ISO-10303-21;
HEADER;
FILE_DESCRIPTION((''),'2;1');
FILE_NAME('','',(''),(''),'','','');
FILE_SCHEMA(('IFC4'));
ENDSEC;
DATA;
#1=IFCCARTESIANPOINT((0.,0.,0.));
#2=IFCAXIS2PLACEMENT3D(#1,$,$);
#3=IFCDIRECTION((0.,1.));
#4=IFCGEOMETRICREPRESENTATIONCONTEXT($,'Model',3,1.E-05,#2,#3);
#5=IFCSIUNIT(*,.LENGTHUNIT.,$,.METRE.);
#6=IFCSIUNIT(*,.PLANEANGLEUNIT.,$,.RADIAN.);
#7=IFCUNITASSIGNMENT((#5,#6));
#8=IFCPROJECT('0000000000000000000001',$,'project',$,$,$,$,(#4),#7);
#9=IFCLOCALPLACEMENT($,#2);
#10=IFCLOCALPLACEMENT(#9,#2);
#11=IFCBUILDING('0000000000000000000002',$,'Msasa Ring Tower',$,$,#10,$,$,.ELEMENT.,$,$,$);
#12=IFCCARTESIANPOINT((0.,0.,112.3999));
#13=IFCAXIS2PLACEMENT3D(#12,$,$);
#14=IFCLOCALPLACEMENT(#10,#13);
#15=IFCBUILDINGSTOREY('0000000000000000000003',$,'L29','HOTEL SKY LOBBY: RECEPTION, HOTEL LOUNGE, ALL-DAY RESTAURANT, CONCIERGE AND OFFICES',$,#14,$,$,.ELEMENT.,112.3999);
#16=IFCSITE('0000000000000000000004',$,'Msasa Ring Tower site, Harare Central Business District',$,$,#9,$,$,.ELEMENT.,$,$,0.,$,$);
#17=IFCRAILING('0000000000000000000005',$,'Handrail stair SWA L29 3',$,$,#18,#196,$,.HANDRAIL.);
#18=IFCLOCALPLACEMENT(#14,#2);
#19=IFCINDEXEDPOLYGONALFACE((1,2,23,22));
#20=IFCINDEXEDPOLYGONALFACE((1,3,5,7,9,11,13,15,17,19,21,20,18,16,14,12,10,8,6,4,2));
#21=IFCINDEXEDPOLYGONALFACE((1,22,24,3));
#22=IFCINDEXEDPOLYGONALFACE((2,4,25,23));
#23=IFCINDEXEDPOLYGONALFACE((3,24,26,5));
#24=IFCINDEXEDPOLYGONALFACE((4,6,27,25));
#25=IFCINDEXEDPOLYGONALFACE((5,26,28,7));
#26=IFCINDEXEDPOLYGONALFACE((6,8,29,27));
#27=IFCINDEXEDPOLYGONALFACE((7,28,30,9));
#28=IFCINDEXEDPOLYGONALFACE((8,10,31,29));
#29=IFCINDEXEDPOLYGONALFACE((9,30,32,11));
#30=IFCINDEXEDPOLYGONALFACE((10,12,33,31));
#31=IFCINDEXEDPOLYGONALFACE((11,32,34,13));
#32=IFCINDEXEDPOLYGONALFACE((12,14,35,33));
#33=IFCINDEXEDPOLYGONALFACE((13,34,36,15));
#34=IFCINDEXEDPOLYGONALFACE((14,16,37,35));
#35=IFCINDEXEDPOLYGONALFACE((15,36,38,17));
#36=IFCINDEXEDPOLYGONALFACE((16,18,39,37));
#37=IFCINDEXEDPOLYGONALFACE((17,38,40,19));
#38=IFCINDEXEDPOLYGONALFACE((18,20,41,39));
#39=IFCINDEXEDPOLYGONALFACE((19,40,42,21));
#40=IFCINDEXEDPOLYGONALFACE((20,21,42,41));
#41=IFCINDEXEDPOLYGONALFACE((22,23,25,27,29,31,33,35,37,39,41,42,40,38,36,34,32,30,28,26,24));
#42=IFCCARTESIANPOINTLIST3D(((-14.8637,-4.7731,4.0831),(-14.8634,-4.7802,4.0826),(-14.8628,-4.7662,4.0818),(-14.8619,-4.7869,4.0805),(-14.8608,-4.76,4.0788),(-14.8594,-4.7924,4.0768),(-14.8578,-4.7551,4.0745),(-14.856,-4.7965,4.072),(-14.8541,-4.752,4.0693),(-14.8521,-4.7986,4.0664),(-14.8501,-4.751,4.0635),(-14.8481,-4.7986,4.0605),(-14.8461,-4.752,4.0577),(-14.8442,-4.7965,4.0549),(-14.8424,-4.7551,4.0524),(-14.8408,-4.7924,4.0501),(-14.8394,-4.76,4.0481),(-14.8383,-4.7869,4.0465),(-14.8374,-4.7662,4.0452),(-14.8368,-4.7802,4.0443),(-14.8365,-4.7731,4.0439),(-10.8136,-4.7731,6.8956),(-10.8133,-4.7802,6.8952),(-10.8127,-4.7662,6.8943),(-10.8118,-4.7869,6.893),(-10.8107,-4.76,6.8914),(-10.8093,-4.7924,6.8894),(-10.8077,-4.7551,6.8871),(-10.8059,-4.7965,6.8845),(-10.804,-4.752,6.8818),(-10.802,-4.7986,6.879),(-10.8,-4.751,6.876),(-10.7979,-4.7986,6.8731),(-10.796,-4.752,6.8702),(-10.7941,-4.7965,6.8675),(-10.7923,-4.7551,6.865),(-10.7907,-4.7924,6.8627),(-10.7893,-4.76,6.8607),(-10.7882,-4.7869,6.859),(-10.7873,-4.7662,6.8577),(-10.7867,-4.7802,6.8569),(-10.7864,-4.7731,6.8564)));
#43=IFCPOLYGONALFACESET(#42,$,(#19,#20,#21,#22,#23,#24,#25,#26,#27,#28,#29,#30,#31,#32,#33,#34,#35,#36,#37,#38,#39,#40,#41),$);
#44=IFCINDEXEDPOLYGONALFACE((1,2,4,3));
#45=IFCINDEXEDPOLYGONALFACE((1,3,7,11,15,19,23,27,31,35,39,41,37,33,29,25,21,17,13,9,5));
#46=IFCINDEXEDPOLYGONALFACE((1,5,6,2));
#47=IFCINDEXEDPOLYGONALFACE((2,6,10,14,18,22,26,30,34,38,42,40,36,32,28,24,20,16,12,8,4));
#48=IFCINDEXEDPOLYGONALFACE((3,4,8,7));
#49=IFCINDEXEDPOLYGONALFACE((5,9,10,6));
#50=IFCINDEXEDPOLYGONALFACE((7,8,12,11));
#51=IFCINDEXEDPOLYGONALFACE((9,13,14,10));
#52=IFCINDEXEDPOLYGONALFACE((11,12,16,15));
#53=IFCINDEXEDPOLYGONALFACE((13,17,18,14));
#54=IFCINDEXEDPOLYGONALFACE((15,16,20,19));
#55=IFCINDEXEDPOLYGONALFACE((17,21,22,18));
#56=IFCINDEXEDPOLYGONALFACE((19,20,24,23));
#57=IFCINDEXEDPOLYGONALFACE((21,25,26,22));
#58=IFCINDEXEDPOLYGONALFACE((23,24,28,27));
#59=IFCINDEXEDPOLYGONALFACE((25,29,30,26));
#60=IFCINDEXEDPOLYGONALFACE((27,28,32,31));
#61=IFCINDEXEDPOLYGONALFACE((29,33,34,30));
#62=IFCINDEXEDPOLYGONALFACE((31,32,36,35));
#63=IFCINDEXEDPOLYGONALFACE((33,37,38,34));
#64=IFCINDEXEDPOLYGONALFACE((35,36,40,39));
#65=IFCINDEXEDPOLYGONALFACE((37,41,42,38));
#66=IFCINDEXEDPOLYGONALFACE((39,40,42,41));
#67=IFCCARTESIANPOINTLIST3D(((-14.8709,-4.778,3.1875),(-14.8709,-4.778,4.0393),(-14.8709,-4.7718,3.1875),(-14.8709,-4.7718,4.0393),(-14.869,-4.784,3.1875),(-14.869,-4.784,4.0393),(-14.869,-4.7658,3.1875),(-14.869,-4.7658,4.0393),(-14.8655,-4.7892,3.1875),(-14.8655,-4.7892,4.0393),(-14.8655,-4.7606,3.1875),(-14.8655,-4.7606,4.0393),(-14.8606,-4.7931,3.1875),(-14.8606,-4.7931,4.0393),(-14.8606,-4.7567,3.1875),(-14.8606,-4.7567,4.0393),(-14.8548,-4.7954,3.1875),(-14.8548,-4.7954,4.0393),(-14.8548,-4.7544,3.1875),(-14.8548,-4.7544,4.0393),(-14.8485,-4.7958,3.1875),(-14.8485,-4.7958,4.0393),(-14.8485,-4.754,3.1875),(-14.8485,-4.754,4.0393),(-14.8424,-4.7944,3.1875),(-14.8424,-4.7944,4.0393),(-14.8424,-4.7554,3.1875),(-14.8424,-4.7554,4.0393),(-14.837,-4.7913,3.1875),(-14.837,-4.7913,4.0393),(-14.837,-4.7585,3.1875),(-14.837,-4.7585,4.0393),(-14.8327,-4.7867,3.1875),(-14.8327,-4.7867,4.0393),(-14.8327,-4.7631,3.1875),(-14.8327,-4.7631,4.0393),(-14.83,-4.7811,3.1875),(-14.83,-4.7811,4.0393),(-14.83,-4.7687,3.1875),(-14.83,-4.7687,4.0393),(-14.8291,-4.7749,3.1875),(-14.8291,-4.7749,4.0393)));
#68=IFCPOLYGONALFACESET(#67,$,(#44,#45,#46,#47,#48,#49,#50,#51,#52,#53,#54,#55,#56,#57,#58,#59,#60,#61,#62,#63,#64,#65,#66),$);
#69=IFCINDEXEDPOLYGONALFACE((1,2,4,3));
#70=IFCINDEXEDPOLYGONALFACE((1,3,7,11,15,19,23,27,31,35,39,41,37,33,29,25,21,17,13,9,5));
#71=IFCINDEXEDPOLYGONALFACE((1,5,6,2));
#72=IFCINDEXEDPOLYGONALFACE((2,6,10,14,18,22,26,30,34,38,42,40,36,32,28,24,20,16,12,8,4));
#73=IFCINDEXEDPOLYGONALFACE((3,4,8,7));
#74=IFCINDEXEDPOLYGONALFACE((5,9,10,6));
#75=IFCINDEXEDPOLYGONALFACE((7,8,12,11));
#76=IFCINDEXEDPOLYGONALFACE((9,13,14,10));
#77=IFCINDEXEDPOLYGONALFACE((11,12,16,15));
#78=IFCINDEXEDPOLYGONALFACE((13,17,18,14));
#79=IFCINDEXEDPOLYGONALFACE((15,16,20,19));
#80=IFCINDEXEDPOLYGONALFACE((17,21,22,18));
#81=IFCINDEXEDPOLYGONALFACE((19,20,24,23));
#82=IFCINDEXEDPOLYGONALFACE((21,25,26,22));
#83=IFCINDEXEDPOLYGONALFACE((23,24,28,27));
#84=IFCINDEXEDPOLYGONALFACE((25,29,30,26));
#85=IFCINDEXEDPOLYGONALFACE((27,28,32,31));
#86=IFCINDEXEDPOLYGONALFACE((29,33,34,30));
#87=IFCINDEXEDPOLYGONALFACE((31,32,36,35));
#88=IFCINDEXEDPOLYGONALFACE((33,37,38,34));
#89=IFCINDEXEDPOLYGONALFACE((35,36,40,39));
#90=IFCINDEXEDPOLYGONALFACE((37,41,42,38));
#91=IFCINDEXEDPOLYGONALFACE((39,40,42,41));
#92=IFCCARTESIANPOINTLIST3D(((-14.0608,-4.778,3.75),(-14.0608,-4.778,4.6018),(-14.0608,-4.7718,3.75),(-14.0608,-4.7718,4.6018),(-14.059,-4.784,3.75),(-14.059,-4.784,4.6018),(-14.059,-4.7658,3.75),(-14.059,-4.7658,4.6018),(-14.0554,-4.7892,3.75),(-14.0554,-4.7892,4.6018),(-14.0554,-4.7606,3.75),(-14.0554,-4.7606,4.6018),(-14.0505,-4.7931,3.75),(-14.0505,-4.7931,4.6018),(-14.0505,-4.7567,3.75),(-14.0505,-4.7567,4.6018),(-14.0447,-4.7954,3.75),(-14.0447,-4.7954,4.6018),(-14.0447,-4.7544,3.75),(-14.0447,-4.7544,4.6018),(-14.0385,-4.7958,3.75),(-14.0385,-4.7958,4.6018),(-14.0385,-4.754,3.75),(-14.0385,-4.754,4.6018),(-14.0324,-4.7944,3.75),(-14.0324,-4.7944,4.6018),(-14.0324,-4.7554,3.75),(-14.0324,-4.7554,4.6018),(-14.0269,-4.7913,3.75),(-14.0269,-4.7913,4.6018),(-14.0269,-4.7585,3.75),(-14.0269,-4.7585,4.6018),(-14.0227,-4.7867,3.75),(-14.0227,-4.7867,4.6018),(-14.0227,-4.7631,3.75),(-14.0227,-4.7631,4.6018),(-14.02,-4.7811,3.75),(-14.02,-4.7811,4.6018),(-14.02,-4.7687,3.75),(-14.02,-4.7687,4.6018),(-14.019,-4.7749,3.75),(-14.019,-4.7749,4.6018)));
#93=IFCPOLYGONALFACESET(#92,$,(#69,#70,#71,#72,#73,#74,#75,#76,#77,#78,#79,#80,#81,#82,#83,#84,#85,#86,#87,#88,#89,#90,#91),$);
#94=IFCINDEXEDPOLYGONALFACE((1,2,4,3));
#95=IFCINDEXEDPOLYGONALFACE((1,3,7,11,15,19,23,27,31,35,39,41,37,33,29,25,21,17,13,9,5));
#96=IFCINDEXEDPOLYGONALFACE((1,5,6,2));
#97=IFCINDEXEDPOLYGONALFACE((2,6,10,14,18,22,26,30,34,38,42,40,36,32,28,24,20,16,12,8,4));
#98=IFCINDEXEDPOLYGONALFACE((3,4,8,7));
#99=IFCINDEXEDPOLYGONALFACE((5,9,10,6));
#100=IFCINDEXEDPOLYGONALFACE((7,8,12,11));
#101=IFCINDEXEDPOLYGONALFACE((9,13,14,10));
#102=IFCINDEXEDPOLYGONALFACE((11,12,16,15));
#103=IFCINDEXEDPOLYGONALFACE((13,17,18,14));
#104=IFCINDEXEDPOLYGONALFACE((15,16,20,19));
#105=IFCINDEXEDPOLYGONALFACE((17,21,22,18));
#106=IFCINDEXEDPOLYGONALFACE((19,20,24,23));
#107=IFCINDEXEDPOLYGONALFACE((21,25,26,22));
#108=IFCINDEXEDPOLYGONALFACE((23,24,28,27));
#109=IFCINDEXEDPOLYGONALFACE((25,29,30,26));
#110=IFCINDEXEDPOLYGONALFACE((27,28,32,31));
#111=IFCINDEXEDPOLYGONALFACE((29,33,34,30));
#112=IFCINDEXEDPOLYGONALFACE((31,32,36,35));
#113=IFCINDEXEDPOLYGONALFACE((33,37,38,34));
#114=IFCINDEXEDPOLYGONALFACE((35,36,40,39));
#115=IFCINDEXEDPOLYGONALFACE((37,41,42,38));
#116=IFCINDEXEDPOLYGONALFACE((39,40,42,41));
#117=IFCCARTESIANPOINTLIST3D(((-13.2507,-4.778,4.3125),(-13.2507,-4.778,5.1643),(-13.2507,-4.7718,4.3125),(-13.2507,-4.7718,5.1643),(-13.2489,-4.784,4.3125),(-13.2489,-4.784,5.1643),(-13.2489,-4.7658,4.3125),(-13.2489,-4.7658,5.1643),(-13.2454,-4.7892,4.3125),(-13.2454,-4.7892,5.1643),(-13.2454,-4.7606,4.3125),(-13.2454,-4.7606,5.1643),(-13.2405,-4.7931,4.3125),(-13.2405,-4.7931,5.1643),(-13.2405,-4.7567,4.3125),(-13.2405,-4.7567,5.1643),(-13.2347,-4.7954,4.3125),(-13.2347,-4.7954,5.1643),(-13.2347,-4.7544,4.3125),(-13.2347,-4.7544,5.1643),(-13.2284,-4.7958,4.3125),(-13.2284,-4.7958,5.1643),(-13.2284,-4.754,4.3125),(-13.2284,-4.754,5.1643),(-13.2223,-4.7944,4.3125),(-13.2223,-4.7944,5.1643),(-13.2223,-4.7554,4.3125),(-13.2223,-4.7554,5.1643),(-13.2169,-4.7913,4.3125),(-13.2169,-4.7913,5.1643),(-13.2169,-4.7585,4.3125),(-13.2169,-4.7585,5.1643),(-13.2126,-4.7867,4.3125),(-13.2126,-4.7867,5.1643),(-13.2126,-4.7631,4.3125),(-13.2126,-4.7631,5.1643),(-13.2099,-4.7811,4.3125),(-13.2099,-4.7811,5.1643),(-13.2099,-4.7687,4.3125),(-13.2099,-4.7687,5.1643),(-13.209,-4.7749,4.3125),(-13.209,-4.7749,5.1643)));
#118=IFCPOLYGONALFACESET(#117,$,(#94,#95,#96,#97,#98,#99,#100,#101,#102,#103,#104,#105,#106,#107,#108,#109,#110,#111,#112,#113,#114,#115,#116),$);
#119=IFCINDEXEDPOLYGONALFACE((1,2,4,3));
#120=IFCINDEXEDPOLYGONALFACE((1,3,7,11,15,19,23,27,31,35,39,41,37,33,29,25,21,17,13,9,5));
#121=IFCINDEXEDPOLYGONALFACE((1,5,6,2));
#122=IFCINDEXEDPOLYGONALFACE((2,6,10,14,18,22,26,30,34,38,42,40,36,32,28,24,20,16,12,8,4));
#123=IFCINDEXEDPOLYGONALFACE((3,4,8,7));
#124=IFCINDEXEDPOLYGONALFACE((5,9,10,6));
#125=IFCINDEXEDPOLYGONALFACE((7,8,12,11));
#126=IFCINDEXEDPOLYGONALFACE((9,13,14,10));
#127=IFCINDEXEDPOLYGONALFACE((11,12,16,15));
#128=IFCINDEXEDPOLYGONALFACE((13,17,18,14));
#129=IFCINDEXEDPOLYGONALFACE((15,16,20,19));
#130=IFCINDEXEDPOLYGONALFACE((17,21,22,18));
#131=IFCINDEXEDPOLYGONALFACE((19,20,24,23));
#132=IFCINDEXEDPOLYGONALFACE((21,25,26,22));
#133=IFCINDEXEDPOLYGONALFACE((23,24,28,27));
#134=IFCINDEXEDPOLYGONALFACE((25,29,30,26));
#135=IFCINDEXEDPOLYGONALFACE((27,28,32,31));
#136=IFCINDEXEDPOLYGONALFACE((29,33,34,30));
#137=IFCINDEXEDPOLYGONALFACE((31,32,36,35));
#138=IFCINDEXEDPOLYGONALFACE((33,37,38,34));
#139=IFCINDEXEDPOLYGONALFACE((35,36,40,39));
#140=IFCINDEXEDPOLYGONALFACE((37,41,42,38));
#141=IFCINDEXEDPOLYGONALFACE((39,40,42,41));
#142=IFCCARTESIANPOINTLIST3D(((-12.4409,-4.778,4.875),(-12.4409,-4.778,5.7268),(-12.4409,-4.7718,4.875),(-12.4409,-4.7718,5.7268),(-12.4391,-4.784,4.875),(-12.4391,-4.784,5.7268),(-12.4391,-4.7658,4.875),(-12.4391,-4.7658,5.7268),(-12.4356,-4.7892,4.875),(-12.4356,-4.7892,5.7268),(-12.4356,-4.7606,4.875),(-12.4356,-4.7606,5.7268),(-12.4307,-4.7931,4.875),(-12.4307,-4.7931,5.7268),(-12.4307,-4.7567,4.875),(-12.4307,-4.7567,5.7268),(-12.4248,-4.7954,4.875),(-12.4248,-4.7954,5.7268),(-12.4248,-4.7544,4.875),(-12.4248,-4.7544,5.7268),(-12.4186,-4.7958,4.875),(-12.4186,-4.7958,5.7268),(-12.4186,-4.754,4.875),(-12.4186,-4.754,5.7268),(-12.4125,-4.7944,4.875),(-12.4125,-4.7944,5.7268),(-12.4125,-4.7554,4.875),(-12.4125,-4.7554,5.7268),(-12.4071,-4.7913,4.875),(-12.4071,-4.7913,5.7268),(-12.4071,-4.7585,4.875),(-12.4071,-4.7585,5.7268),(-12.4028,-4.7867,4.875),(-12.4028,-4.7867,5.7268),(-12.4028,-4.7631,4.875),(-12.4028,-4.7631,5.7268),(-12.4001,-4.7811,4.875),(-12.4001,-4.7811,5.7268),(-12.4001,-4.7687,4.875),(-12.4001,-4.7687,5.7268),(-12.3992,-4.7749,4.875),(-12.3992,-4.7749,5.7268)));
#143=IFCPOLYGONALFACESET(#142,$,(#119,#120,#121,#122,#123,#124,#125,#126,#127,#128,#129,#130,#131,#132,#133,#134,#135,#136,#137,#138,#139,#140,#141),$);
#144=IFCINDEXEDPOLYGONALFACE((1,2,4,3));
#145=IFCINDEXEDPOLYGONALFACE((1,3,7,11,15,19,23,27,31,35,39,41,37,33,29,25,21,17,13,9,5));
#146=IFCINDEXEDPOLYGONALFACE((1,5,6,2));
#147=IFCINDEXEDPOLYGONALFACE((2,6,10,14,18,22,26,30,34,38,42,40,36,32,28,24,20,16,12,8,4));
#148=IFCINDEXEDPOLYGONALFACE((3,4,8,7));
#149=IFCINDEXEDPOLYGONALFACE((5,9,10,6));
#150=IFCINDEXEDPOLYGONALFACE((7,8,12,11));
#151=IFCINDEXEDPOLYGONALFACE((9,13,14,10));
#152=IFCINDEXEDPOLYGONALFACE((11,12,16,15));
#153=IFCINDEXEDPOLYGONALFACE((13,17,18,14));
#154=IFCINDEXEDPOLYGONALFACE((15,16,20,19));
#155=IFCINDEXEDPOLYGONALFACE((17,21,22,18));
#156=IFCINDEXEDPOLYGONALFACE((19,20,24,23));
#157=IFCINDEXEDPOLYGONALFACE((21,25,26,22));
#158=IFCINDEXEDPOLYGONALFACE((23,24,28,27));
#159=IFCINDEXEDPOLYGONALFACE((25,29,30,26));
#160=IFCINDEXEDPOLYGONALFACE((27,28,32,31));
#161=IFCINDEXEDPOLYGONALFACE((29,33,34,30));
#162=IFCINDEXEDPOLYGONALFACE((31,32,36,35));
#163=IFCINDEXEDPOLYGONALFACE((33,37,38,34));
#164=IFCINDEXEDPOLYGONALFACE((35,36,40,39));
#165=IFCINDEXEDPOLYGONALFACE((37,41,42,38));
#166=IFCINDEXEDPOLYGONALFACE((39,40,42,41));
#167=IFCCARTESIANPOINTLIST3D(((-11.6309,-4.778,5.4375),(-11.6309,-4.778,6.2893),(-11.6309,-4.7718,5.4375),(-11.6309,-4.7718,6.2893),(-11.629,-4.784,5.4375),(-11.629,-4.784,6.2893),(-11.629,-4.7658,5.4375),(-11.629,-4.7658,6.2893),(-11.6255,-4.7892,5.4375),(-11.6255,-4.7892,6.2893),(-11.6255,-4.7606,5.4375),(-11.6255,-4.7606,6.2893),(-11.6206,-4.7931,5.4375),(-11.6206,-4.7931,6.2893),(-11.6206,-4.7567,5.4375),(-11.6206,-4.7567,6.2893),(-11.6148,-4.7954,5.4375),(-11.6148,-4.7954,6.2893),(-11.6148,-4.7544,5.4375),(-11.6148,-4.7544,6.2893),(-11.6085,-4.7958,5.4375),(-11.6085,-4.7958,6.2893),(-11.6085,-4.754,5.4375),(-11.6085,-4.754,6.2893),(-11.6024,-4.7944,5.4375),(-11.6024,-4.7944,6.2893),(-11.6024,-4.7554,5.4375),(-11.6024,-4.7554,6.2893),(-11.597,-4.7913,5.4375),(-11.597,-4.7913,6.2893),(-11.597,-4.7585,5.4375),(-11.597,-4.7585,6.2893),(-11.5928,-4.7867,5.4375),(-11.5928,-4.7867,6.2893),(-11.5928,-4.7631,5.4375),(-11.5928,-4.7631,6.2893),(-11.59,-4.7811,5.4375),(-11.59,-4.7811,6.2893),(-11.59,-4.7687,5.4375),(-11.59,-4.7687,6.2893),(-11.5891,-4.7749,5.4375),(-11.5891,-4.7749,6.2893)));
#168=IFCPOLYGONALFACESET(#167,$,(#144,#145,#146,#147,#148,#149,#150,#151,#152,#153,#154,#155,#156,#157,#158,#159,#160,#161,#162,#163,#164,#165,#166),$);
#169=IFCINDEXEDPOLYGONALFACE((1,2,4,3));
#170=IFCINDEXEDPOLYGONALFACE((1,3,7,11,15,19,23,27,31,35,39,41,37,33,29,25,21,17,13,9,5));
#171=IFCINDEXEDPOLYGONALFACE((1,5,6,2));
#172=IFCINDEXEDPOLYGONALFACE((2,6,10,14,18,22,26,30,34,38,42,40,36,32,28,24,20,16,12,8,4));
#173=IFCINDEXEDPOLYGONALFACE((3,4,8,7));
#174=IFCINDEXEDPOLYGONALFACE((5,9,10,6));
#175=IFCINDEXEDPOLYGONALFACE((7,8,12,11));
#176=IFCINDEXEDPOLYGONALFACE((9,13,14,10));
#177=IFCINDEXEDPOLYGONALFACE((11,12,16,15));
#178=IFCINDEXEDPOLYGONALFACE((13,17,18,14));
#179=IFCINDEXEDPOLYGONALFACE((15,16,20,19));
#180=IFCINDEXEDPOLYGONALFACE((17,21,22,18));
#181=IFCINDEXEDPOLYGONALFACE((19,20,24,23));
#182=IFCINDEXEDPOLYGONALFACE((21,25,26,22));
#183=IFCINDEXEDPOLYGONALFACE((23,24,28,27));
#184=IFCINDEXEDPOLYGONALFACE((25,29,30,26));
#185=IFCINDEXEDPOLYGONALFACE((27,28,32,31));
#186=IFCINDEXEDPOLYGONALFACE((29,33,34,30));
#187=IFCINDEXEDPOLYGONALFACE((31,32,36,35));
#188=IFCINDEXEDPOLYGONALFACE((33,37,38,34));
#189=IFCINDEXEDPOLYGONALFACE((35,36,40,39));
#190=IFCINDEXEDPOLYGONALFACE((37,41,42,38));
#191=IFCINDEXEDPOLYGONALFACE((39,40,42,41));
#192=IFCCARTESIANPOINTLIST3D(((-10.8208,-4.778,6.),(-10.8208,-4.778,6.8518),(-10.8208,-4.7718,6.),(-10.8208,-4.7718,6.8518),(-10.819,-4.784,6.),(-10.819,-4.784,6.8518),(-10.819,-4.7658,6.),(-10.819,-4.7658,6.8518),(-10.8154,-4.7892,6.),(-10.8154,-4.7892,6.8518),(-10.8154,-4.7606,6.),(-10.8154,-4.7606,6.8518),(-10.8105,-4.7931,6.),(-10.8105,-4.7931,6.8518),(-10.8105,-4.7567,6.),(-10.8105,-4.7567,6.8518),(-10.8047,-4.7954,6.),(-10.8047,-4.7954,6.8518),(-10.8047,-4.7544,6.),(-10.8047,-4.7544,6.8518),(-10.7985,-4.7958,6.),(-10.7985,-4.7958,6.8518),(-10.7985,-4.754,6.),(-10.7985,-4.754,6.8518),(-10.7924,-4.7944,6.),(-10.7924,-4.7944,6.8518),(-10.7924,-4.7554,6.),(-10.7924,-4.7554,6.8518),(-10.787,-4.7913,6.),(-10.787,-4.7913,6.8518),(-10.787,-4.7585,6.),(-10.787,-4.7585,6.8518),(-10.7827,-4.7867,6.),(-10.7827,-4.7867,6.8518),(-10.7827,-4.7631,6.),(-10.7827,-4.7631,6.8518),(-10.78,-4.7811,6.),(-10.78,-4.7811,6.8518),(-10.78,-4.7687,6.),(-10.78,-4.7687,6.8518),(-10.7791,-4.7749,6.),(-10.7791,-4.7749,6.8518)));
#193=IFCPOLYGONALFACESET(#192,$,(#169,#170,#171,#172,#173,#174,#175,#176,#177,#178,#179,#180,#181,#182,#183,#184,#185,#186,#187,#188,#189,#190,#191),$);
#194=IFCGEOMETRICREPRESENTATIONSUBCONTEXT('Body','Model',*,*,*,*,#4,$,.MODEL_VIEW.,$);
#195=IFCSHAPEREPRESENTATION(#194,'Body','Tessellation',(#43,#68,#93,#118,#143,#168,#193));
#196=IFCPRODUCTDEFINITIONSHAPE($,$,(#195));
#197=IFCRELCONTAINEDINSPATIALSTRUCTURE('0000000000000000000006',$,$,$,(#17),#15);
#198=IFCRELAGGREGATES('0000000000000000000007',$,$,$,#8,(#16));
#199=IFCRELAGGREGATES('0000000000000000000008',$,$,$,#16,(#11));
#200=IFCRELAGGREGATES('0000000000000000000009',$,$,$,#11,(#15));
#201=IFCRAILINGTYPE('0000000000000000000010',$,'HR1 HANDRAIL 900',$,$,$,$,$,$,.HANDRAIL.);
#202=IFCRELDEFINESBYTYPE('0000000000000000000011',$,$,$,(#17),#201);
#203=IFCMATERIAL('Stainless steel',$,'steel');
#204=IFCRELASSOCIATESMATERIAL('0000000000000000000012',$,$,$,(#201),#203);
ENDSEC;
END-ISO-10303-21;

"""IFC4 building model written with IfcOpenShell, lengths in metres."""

from ifc_helpers import new_model, si_unit, direction, frame, origin, origin_2d, place, context, subcontext, project, spatial, circle, extrude, material, type_object, element, save


model = new_model("IFC4")

# Units and contexts
model_context = context("Model", 3, precision=1e-05, world=origin(), true_north=direction((0.0, 1.0)))
body_context = subcontext(model_context, "Body", "Model", "MODEL_VIEW")
ifc_project = project(units=[si_unit("LENGTHUNIT", "METRE"), si_unit("PLANEANGLEUNIT", "RADIAN")], contexts=[model_context])

# Site, building, storey
site_placement = place(None, origin())
site = spatial("IfcSite", under=ifc_project, at=site_placement, Name="Msasa Ring Tower site, Harare Central Business District", CompositionType="ELEMENT", RefElevation=0.0)
building_placement = place(site_placement, origin())
building = spatial("IfcBuilding", under=site, at=building_placement, Name="Msasa Ring Tower", CompositionType="ELEMENT")
storey_placement = place(building_placement, frame((0.0, 0.0, 112.3999)))
storey = spatial("IfcBuildingStorey", under=building, at=storey_placement, Name="L29", Description="HOTEL SKY LOBBY: RECEPTION, HOTEL LOUNGE, ALL-DAY RESTAURANT, CONCIERGE AND OFFICES", CompositionType="ELEMENT", Elevation=112.3999)

# Railing
ifc_material_1 = material(Name="Stainless steel", Category="steel")
railing_type = type_object("IfcRailingType", Name="HR1 HANDRAIL 900", PredefinedType="HANDRAIL", material=ifc_material_1)
railing_placement = place(storey_placement, frame((-14.8501, -4.7749, 3.1875)))
element("IfcRailing", 1, at=railing_placement, inside=storey, type_object=railing_type, Name="Handrail stair SWA L29 3", PredefinedType="HANDRAIL", context=body_context, shape_type="SweptSolid", body=[
    extrude(circle(Radius=0.0239, at=origin_2d()), frame((0.0, 0.0, 0.876), z_axis=(0.821373, 0.0, 0.570391), x_axis=(0.0, 1.0, 0.0)), (0.0, 0.0, 1.0), 4.9309),
    extrude(circle(Radius=0.021, at=origin_2d()), origin(), (0.0, 0.0, 1.0), 0.8518),
    extrude(circle(Radius=0.021, at=origin_2d()), frame((0.8101, 0.0, 0.5625)), (0.0, 0.0, 1.0), 0.8518),
    extrude(circle(Radius=0.021, at=origin_2d()), frame((1.6201, 0.0, 1.125)), (0.0, 0.0, 1.0), 0.8518),
    extrude(circle(Radius=0.021, at=origin_2d()), frame((2.4299, 0.0, 1.6875)), (0.0, 0.0, 1.0), 0.8518),
    extrude(circle(Radius=0.021, at=origin_2d()), frame((3.24, 0.0, 2.25)), (0.0, 0.0, 1.0), 0.8518),
    extrude(circle(Radius=0.021, at=origin_2d()), frame((4.05, 0.0, 2.8125)), (0.0, 0.0, 1.0), 0.8518),
])

save(model, "model.ifc")
